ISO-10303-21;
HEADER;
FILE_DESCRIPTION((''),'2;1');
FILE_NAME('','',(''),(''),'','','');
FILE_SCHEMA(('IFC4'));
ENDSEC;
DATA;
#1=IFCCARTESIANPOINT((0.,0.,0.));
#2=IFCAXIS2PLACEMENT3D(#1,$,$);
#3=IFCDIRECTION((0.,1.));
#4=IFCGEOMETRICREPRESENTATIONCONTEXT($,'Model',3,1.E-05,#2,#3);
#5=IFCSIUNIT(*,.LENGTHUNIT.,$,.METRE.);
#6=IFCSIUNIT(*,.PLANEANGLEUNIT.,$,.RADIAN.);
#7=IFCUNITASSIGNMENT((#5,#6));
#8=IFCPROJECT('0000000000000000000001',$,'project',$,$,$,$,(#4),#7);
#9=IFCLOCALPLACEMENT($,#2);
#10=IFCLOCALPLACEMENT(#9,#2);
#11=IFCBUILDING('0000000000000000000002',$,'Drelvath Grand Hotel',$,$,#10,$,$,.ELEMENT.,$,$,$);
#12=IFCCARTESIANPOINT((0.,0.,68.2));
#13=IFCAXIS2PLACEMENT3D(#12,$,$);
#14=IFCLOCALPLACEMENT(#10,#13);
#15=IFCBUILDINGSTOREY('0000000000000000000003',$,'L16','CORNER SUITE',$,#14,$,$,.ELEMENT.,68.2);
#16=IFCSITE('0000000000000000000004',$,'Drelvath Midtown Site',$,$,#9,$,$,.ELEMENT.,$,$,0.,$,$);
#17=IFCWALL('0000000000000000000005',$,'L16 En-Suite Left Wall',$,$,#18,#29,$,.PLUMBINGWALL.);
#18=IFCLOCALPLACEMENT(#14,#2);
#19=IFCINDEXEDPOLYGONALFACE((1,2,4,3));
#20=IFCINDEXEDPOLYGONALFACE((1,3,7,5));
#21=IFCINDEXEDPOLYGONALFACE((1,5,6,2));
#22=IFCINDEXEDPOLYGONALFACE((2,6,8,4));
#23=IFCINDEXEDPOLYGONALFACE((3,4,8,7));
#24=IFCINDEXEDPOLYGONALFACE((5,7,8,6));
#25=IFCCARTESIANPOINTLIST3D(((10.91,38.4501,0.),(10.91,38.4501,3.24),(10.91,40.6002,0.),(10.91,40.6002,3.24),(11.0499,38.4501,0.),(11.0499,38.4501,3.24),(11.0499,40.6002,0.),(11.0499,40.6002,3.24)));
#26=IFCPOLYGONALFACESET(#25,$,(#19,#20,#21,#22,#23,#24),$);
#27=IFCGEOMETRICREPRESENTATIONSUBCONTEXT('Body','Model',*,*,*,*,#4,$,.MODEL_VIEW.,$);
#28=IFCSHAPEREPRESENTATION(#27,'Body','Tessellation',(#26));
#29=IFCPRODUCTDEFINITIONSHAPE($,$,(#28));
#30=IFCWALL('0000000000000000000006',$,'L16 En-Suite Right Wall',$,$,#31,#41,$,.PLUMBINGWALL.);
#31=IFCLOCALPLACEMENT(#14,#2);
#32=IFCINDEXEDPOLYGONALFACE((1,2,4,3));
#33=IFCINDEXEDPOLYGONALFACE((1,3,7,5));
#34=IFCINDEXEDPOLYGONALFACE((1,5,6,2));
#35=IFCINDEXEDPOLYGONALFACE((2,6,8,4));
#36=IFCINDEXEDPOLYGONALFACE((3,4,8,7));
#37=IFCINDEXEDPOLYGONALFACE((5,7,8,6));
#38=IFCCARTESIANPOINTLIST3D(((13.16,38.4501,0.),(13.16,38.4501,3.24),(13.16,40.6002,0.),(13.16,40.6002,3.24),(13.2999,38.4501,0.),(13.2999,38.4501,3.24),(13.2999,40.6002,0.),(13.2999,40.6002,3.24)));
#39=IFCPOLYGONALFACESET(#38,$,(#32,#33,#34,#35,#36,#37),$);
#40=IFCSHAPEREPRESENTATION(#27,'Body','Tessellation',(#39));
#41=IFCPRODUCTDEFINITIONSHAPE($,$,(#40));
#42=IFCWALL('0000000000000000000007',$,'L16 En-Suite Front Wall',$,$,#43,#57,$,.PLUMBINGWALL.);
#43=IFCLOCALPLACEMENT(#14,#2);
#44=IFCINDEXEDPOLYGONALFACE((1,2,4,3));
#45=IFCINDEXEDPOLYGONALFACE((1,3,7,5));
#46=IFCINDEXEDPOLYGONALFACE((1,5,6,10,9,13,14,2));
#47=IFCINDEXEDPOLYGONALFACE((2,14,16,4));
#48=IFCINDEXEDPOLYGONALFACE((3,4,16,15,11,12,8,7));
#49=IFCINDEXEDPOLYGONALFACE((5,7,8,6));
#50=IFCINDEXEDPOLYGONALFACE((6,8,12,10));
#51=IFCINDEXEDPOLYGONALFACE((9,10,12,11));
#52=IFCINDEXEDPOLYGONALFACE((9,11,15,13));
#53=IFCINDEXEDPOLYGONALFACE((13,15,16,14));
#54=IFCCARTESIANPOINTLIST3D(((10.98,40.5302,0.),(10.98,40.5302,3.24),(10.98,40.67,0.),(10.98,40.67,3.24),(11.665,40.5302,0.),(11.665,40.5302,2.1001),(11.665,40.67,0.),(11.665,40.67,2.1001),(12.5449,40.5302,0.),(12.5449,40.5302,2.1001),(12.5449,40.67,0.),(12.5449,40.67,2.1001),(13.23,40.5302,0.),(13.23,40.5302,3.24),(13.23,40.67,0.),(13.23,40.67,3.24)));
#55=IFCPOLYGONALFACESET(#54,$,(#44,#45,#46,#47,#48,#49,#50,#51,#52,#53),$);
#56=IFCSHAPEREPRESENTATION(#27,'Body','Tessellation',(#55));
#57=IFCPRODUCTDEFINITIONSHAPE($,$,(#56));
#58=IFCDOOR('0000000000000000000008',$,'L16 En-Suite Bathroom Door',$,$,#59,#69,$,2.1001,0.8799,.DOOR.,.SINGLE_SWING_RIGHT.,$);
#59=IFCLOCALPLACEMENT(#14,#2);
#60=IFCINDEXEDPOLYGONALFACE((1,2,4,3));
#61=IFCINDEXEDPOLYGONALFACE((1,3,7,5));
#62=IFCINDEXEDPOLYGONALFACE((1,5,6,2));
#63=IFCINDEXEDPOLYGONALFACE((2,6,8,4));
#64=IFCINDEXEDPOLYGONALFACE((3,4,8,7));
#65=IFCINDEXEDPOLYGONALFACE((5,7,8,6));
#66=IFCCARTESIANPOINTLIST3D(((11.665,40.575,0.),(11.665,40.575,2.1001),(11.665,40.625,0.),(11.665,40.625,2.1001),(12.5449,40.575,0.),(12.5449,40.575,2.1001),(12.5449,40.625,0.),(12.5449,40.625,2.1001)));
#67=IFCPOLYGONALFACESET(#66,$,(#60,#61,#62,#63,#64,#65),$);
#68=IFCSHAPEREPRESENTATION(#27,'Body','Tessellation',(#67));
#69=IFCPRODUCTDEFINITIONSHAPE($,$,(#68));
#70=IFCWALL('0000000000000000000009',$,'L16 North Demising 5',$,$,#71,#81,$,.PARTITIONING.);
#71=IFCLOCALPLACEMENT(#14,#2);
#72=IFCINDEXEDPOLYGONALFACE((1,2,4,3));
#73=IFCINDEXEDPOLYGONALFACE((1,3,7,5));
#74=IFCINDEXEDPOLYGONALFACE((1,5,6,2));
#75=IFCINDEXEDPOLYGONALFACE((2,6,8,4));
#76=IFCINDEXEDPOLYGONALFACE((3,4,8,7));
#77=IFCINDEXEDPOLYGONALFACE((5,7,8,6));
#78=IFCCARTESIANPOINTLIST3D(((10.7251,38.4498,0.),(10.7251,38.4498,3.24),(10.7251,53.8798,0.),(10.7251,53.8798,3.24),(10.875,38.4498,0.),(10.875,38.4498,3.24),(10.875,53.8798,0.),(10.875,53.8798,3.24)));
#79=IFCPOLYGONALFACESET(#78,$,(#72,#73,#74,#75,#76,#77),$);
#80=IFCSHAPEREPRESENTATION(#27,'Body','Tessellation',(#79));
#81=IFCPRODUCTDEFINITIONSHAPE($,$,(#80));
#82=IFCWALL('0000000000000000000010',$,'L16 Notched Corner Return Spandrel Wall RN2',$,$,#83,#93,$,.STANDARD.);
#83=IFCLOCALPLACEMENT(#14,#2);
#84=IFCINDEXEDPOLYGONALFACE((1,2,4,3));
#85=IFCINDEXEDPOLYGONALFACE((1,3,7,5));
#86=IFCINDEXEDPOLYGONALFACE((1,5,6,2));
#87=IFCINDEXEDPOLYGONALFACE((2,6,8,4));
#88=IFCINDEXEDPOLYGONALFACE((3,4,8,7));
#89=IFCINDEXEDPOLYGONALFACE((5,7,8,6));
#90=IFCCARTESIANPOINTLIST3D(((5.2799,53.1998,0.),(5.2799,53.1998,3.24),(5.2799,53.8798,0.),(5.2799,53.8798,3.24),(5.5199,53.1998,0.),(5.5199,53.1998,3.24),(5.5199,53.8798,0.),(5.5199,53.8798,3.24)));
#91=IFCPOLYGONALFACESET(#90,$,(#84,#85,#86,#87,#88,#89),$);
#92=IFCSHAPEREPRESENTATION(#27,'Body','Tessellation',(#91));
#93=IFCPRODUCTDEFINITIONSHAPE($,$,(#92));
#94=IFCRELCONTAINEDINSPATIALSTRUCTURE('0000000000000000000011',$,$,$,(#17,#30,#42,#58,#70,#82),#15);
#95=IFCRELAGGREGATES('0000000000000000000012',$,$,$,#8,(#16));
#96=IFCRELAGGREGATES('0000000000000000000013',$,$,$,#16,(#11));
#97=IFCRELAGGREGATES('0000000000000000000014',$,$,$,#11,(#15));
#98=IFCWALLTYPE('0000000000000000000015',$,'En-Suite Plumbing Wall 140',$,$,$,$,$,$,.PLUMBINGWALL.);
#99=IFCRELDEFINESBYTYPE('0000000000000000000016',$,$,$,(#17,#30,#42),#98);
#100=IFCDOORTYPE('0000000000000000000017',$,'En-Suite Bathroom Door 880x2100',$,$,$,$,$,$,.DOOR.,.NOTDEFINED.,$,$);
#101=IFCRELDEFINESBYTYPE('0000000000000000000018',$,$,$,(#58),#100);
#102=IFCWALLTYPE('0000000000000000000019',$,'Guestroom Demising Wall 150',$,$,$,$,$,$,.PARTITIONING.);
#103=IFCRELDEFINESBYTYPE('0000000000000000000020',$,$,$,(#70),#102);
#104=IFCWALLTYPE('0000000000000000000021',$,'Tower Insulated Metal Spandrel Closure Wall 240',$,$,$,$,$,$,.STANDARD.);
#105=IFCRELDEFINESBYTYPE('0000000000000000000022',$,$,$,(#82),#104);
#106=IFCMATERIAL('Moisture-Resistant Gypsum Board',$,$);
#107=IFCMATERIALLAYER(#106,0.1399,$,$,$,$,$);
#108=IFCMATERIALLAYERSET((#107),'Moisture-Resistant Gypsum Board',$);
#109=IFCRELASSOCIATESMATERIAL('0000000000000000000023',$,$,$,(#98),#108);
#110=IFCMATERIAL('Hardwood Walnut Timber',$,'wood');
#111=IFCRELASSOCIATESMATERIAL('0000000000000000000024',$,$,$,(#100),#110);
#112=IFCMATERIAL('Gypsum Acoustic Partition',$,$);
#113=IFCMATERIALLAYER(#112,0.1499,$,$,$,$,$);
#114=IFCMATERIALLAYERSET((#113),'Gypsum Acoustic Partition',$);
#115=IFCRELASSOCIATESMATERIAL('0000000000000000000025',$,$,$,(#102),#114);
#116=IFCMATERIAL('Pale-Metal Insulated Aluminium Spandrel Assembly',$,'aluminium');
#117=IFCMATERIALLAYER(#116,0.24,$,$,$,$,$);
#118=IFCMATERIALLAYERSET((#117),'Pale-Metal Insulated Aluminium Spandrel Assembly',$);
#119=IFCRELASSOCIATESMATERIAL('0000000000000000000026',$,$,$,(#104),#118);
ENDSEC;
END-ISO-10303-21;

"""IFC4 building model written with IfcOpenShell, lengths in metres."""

from ifc_helpers import new_model, si_unit, direction, frame, frame_2d, origin, place, context, subcontext, project, spatial, rectangle, extrude, material, layer, layer_set, type_object, element, fill, save


model = new_model("IFC4")

# Units and contexts
model_context = context("Model", 3, precision=1e-05, world=origin(), true_north=direction((0.0, 1.0)))
body_context = subcontext(model_context, "Body", "Model", "MODEL_VIEW")
ifc_project = project(units=[si_unit("LENGTHUNIT", "METRE"), si_unit("PLANEANGLEUNIT", "RADIAN")], contexts=[model_context])

# Site, building, storey
site_placement = place(None, origin())
site = spatial("IfcSite", under=ifc_project, at=site_placement, Name="Drelvath Midtown Site", CompositionType="ELEMENT", RefElevation=0.0)
building_placement = place(site_placement, origin())
building = spatial("IfcBuilding", under=site, at=building_placement, Name="Drelvath Grand Hotel", CompositionType="ELEMENT")
storey_placement = place(building_placement, frame((0.0, 0.0, 68.2)))
storey = spatial("IfcBuildingStorey", under=building, at=storey_placement, Name="L16", Description="CORNER SUITE", CompositionType="ELEMENT", Elevation=68.2)

# Shared definitions
ifc_material_1 = material(Name="Moisture-Resistant Gypsum Board")
ifc_layer_1 = layer(ifc_material_1, 0.1399)
ifc_layer_set_1 = layer_set([ifc_layer_1], Name="Moisture-Resistant Gypsum Board")
wall_type_1 = type_object("IfcWallType", Name="En-Suite Plumbing Wall 140", PredefinedType="PLUMBINGWALL", material=ifc_layer_set_1)
ifc_material_2 = material(Name="Hardwood Walnut Timber", Category="wood")
door_type = type_object("IfcDoorType", Name="En-Suite Bathroom Door 880x2100", OperationType="NOTDEFINED", PredefinedType="DOOR", material=ifc_material_2)

# Walls
for number, where, z_axis, x_axis, name in (
    (1, (10.98, 38.45, 0.0), (0.0, 0.0, 1.0), (0.0, 1.0, 0.0), "L16 En-Suite Left Wall"),
    (2, (13.23, 38.45, 0.0), (0.0, 0.0, 1.0), (0.0, 1.0, 0.0), "L16 En-Suite Right Wall"),
):
    element("IfcWall", number, at=place(storey_placement, frame(where, z_axis=z_axis, x_axis=x_axis)), inside=storey, type_object=wall_type_1, Name=name, PredefinedType="PLUMBINGWALL", context=body_context, shape_type="SweptSolid", body=[
        extrude(rectangle(XDim=2.1501, YDim=0.1399, at=frame_2d((1.0752, 0.0))), origin(), (0.0, 0.0, 1.0), 3.24),
    ])

# Wall, opening, door
wall_1_placement = place(storey_placement, frame((10.98, 40.6001, 0.0), z_axis=(0.0, 0.0, 1.0), x_axis=(1.0, 0.0, 0.0)))
wall_1 = element("IfcWall", 3, at=wall_1_placement, inside=storey, type_object=wall_type_1, Name="L16 En-Suite Front Wall", PredefinedType="PLUMBINGWALL", context=body_context, shape_type="SweptSolid", body=[
    extrude(rectangle(XDim=2.25, YDim=0.1399, at=frame_2d((1.125, 0.0))), origin(), (0.0, 0.0, 1.0), 3.24),
])
opening_1_placement = place(wall_1_placement, frame((0.6851, 0.0, 0.0)))
opening_1 = element("IfcOpeningElement", 4, at=opening_1_placement, cuts=wall_1, PredefinedType="OPENING", context=body_context, shape_type="SweptSolid", body=[
    extrude(rectangle(XDim=0.8799, YDim=2.1001, at=frame_2d((0.4399, 1.05))), frame((0.0, 0.0798, 0.0), z_axis=(0.0, -1.0, 0.0), x_axis=(1.0, 0.0, 0.0)), (0.0, 0.0, 1.0), 0.1599),
])
door_1_placement = place(opening_1_placement, origin())
door_1 = element("IfcDoor", 5, at=door_1_placement, inside=storey, type_object=door_type, Name="L16 En-Suite Bathroom Door", OperationType="SINGLE_SWING_RIGHT", OverallHeight=2.1001, OverallWidth=0.8799, PredefinedType="DOOR", context=body_context, shape_type="SweptSolid", body=[
    extrude(rectangle(XDim=0.8799, YDim=2.1001, at=frame_2d((0.4399, 1.05))), frame((0.0, 0.0249, 0.0), z_axis=(0.0, -1.0, 0.0), x_axis=(1.0, 0.0, 0.0)), (0.0, 0.0, 1.0), 0.05),
])
fill(opening_1, door_1)

# Walls
ifc_material_3 = material(Name="Gypsum Acoustic Partition")
ifc_layer_2 = layer(ifc_material_3, 0.1499)
ifc_layer_set_2 = layer_set([ifc_layer_2], Name="Gypsum Acoustic Partition")
wall_type_2 = type_object("IfcWallType", Name="Guestroom Demising Wall 150", PredefinedType="PARTITIONING", material=ifc_layer_set_2)
wall_2_placement = place(storey_placement, frame((10.8, 38.45, 0.0), z_axis=(0.0, 0.0, 1.0), x_axis=(0.0, 1.0, 0.0)))
element("IfcWall", 6, at=wall_2_placement, inside=storey, type_object=wall_type_2, Name="L16 North Demising 5", PredefinedType="PARTITIONING", context=body_context, shape_type="SweptSolid", body=[
    extrude(rectangle(XDim=15.4299, YDim=0.1499, at=frame_2d((7.7148, 0.0))), origin(), (0.0, 0.0, 1.0), 3.24),
])
ifc_material_4 = material(Name="Pale-Metal Insulated Aluminium Spandrel Assembly", Category="aluminium")
ifc_layer_3 = layer(ifc_material_4, 0.24)
ifc_layer_set_3 = layer_set([ifc_layer_3], Name="Pale-Metal Insulated Aluminium Spandrel Assembly")
wall_type_3 = type_object("IfcWallType", Name="Tower Insulated Metal Spandrel Closure Wall 240", PredefinedType="STANDARD", material=ifc_layer_set_3)
wall_3_placement = place(storey_placement, frame((5.3999, 53.2, 0.0), z_axis=(0.0, 0.0, 1.0), x_axis=(0.0, 1.0, 0.0)))
element("IfcWall", 7, at=wall_3_placement, inside=storey, type_object=wall_type_3, Name="L16 Notched Corner Return Spandrel Wall RN2", PredefinedType="STANDARD", context=body_context, shape_type="SweptSolid", body=[
    extrude(rectangle(XDim=0.6799, YDim=0.24, at=frame_2d((0.3398, 0.0))), origin(), (0.0, 0.0, 1.0), 3.24),
])

save(model, "model.ifc")
